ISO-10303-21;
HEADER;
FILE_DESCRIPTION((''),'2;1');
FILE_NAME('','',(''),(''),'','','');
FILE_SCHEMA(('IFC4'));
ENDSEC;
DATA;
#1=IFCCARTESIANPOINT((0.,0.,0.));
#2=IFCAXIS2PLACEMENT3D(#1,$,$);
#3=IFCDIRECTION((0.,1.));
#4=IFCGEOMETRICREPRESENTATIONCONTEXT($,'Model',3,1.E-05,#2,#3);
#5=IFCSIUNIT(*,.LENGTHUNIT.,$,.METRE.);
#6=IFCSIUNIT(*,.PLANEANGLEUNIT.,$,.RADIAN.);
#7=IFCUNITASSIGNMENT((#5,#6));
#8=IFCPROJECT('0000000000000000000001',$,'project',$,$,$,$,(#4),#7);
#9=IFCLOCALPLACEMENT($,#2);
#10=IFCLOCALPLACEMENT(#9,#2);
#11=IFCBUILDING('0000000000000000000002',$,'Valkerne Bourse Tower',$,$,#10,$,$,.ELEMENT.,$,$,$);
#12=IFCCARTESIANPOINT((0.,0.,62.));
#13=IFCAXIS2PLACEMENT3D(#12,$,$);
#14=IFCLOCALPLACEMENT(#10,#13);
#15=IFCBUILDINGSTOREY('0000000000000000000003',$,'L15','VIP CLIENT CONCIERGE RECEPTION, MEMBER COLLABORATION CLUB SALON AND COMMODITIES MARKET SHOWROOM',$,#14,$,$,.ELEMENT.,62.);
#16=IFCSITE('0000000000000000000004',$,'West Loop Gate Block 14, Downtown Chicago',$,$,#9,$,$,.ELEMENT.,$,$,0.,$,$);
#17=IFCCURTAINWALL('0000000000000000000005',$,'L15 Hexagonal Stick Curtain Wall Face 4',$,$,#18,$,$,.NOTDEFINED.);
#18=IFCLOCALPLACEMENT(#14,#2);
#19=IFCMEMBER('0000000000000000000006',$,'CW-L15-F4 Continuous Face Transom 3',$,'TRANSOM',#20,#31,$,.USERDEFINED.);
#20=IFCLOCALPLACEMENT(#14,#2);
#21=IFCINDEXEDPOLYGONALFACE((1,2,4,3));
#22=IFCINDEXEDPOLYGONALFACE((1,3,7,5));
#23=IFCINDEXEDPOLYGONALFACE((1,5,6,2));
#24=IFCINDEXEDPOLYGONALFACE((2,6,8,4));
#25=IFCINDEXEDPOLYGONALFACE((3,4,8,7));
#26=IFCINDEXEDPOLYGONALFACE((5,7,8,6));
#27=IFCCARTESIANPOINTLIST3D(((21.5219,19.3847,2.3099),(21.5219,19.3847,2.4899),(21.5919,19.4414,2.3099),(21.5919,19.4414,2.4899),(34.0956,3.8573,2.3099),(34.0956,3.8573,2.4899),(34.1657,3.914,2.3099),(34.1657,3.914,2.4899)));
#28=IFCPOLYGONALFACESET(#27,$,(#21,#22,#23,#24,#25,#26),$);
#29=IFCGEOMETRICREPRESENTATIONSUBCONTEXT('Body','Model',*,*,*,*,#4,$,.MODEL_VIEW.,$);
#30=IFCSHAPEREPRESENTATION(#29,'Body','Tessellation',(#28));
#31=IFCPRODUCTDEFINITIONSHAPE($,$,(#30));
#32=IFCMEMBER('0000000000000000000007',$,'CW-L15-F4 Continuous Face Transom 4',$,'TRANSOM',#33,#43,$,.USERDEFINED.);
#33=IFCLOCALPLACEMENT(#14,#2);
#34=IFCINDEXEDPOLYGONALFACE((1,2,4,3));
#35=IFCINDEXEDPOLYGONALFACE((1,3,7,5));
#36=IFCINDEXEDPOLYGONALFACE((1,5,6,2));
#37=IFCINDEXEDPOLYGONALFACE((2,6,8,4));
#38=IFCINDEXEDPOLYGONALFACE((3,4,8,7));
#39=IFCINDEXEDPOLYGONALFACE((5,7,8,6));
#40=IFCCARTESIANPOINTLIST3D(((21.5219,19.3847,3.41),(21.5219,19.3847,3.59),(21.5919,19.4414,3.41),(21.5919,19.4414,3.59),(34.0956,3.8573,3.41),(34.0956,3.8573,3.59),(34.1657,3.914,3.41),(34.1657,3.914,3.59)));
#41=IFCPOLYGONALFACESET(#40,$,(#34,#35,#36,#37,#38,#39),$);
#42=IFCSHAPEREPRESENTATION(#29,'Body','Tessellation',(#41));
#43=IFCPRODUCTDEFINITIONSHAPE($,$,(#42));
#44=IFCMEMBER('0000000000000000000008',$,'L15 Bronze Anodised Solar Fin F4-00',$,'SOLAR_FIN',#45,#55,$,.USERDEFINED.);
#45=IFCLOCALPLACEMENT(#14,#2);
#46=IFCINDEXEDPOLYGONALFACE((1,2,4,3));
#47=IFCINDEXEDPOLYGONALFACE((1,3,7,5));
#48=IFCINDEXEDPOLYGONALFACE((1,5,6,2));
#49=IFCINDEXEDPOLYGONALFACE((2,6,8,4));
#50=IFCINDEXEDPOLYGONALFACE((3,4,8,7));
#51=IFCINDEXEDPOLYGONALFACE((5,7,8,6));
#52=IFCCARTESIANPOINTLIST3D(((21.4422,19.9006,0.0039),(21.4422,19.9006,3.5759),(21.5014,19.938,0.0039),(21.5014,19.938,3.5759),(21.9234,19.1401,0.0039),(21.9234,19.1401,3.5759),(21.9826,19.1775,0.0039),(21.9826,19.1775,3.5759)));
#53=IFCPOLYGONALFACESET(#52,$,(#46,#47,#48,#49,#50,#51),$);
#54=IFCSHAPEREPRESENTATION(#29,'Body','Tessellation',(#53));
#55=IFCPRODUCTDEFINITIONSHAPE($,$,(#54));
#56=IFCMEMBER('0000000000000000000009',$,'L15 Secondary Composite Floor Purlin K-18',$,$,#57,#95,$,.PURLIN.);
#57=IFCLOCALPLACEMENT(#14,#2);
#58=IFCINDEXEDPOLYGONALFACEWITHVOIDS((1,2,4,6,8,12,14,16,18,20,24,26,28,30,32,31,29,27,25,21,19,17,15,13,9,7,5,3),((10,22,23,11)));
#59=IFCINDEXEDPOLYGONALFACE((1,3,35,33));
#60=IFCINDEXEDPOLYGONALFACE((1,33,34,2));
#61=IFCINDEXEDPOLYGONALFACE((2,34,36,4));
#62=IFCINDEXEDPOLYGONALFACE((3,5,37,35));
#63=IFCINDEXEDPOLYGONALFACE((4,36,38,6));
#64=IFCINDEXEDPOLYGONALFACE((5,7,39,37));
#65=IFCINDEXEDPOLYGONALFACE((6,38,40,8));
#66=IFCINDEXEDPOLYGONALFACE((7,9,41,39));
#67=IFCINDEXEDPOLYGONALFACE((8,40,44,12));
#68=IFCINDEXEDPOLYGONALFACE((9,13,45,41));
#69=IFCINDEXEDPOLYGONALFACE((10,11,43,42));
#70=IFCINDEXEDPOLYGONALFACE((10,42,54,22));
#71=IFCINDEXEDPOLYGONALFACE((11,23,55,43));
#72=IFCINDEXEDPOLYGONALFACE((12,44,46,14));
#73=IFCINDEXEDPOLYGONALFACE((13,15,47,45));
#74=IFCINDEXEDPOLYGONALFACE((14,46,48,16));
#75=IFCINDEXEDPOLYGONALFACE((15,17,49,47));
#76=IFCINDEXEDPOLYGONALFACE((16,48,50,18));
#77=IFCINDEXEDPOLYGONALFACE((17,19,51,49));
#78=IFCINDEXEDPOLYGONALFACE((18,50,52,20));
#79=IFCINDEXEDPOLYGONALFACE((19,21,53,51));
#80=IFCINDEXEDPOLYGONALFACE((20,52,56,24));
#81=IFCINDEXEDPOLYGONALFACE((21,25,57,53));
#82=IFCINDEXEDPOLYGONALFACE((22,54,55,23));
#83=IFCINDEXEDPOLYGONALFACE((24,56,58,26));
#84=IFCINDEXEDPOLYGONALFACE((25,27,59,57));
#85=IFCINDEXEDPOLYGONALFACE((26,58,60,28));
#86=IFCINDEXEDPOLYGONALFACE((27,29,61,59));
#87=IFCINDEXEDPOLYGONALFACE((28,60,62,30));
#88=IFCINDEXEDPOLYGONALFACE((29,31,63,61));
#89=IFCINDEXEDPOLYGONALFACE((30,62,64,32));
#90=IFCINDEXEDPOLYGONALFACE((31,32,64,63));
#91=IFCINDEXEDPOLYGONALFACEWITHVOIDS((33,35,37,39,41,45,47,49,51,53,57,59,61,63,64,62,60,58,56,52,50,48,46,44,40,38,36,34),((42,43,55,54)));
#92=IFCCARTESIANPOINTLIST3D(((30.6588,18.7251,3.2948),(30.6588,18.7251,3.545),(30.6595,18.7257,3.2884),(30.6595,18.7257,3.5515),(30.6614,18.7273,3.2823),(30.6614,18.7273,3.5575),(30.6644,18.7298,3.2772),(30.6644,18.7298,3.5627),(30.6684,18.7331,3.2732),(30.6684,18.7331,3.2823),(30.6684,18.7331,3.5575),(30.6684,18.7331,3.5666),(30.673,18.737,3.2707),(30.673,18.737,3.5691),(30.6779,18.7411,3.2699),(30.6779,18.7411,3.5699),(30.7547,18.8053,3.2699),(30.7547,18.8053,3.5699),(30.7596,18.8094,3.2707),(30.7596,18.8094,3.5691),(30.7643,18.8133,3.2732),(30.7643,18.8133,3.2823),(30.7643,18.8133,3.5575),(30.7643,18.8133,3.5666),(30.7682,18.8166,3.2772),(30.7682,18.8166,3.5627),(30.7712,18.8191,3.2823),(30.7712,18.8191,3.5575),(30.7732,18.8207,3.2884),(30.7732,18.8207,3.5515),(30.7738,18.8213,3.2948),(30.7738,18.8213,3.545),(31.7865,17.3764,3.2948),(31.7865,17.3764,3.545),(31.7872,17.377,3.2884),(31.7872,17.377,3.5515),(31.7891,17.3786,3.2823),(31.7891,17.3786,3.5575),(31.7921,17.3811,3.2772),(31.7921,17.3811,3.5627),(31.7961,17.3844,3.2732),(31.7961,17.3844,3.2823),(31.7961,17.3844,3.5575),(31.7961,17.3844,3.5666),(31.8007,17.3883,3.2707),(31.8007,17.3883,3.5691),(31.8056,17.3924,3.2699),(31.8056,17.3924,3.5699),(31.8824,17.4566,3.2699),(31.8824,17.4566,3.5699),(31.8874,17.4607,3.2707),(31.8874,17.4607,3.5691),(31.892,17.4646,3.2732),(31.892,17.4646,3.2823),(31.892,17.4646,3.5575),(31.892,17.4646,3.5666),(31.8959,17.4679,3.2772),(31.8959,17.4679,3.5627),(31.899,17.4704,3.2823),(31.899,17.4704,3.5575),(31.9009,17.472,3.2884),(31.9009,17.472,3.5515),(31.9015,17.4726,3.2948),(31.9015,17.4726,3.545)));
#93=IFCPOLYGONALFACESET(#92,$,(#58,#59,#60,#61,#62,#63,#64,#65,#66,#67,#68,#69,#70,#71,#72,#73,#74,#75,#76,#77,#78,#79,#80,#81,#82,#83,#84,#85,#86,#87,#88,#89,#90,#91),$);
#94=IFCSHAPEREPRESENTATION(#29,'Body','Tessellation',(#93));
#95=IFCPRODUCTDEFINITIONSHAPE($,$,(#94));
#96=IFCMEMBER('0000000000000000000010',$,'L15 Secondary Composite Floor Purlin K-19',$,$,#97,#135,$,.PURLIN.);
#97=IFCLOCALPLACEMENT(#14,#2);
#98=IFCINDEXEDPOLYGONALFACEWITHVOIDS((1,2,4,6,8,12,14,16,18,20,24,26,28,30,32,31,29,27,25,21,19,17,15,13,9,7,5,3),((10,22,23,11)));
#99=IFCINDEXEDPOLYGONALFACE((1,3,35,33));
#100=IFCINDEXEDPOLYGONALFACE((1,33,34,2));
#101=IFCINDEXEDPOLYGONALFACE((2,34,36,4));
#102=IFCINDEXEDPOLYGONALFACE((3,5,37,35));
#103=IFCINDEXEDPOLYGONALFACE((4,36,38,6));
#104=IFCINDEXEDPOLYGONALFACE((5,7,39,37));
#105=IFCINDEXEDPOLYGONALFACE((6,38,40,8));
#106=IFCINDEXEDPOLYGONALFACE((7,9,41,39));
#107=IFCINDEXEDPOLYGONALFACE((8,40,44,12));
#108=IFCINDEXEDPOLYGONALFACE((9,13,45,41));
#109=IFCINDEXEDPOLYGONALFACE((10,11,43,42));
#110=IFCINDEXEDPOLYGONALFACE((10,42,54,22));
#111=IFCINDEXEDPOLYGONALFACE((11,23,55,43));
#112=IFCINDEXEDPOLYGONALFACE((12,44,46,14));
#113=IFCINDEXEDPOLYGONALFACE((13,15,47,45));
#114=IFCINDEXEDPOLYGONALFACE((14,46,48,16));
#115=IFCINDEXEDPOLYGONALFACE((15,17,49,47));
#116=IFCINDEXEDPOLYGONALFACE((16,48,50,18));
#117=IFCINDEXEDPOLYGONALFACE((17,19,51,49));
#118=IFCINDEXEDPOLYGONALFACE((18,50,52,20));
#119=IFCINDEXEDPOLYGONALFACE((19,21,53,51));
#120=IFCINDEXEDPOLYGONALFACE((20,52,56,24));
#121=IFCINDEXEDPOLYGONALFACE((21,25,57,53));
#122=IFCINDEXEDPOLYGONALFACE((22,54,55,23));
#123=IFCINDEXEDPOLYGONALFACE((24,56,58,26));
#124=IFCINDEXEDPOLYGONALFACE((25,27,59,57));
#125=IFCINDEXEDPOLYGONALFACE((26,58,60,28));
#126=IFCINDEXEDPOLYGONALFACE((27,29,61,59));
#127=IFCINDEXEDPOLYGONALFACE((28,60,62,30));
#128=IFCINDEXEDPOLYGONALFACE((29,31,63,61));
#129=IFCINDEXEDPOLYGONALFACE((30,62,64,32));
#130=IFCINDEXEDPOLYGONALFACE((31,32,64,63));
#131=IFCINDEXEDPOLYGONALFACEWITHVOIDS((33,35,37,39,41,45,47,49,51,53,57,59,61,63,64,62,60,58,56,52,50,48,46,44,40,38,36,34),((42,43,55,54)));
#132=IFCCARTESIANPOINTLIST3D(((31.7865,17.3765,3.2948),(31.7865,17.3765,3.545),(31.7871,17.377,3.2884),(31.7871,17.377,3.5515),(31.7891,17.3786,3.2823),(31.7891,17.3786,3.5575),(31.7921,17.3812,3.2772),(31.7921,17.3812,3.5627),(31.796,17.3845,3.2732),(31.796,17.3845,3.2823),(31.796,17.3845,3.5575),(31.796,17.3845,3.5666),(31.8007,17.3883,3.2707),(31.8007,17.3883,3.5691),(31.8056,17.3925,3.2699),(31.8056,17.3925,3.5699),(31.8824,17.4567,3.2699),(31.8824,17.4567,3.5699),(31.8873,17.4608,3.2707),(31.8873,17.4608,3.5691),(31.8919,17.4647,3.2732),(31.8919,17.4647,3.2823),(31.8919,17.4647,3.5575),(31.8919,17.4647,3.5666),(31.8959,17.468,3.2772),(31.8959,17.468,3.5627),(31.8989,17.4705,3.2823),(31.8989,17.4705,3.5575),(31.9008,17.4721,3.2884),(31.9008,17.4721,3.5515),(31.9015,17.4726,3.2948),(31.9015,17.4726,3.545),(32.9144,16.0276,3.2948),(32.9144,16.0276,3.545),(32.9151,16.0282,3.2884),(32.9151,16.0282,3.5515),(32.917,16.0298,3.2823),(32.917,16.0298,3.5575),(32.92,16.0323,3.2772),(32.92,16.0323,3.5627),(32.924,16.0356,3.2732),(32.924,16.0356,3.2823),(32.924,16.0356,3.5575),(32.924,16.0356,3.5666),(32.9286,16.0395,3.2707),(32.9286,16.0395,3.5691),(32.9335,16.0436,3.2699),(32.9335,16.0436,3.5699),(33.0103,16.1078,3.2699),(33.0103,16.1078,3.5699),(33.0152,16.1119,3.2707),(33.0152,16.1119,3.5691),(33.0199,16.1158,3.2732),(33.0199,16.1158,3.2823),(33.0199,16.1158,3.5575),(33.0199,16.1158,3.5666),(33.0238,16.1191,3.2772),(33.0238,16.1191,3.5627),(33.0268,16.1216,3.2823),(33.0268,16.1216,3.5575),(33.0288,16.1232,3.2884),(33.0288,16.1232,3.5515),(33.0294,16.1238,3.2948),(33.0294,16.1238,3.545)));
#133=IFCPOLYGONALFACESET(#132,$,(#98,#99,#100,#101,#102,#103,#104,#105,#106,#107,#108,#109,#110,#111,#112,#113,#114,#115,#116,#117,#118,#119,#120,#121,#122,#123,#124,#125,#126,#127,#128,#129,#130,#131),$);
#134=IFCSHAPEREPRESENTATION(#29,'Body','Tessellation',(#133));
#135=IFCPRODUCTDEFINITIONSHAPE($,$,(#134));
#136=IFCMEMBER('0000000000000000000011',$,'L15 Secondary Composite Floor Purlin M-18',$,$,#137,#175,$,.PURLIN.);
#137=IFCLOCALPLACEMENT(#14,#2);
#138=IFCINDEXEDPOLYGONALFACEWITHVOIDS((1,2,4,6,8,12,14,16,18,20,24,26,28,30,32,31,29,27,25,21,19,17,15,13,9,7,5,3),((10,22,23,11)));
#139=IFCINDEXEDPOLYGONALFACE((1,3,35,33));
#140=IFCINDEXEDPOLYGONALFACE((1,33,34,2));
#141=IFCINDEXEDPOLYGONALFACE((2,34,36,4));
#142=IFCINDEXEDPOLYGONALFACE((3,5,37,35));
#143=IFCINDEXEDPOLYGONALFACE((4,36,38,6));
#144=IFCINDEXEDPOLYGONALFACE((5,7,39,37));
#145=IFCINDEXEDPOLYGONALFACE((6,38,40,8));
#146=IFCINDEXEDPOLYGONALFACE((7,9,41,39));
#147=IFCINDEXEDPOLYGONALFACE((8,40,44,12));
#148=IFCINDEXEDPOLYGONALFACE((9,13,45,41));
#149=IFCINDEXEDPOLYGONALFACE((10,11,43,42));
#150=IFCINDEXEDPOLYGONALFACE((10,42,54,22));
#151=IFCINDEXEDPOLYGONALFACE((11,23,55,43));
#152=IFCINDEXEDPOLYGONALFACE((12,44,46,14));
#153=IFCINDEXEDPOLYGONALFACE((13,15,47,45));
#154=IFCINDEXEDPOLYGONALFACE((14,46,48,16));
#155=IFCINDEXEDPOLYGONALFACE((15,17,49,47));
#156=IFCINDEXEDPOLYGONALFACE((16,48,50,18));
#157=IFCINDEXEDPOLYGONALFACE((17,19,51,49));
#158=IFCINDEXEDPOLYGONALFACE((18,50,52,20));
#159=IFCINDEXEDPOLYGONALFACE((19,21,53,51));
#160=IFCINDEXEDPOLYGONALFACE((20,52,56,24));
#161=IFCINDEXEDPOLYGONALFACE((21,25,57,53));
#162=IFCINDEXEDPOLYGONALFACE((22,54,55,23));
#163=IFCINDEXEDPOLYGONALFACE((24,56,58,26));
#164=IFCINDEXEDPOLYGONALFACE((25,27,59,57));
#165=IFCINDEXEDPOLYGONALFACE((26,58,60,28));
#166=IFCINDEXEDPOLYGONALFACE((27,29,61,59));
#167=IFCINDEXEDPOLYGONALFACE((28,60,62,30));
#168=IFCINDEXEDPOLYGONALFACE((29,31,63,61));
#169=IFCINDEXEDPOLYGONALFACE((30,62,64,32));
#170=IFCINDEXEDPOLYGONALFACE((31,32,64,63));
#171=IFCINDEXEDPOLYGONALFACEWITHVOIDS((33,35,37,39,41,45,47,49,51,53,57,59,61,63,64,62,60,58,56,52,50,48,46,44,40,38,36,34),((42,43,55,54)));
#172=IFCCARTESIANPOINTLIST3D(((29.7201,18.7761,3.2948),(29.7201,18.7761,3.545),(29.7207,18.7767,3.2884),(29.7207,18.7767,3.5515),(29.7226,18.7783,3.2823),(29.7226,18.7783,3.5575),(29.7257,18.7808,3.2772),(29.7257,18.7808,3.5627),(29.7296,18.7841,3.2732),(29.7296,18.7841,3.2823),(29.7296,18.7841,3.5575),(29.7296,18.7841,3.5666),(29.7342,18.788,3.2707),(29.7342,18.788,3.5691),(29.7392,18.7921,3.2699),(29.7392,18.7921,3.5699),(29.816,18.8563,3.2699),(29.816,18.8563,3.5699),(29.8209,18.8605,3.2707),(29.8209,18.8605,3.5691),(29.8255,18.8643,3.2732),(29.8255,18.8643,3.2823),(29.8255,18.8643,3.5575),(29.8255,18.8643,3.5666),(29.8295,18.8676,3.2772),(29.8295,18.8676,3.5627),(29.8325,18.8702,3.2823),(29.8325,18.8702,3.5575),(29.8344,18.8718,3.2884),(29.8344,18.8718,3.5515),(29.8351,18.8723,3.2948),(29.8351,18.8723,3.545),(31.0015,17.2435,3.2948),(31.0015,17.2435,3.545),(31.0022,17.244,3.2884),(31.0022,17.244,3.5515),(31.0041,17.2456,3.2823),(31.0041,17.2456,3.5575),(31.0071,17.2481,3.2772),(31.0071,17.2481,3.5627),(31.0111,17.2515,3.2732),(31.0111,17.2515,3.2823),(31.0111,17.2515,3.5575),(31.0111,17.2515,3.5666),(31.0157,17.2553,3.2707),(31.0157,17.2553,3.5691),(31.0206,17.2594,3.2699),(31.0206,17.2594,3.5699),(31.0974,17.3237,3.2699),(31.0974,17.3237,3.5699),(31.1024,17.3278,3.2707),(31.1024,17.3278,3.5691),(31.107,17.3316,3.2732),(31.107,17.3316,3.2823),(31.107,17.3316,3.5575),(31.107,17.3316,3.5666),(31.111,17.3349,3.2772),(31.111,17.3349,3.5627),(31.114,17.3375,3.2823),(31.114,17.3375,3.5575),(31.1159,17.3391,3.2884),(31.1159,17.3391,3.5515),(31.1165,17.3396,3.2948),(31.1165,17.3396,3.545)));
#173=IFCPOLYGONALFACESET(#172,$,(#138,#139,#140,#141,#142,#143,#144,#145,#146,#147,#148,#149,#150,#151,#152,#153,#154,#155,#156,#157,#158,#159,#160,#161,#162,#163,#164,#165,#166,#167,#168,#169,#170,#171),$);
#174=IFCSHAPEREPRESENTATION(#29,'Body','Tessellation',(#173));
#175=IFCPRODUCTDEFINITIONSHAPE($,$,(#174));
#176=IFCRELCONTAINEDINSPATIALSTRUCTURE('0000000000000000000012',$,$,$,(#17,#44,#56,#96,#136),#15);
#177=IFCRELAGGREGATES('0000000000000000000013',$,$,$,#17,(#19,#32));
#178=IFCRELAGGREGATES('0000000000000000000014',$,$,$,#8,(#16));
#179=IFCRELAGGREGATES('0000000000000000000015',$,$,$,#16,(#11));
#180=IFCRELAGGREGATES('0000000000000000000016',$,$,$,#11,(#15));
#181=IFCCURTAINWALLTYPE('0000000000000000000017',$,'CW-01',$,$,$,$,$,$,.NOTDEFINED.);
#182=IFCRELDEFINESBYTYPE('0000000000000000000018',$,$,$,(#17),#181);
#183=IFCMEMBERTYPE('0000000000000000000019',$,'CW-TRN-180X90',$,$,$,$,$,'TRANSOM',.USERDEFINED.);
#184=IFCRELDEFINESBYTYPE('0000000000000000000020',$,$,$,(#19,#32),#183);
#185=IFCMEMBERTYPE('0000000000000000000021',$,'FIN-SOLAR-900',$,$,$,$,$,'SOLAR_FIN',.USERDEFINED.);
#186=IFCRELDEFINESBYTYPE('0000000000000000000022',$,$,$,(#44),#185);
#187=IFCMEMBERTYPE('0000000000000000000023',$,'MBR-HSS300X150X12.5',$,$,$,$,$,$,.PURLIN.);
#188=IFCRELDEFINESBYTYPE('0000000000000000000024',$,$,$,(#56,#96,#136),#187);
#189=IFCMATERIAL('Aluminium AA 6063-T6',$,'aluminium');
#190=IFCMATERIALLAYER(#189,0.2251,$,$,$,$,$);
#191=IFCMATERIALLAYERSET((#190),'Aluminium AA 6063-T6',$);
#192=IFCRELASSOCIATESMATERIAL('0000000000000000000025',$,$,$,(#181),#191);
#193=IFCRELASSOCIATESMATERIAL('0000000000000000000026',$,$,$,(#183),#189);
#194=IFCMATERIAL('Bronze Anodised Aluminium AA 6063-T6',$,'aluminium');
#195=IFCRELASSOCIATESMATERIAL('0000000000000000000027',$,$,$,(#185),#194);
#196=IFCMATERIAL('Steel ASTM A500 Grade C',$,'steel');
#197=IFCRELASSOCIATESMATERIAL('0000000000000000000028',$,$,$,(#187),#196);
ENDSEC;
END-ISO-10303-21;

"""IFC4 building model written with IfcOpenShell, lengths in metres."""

from ifc_helpers import new_model, si_unit, direction, frame, origin, origin_2d, place, context, subcontext, project, spatial, rectangle, hollow_rectangle, extrude, material, layer, layer_set, material_profile, profile_set, type_object, element, aggregate, save


model = new_model("IFC4")

# Units and contexts
model_context = context("Model", 3, precision=1e-05, world=origin(), true_north=direction((0.0, 1.0)))
body_context = subcontext(model_context, "Body", "Model", "MODEL_VIEW")
ifc_project = project(units=[si_unit("LENGTHUNIT", "METRE"), si_unit("PLANEANGLEUNIT", "RADIAN")], contexts=[model_context])

# Site, building, storey
site_placement = place(None, origin())
site = spatial("IfcSite", under=ifc_project, at=site_placement, Name="West Loop Gate Block 14, Downtown Chicago", CompositionType="ELEMENT", RefElevation=0.0)
building_placement = place(site_placement, origin())
building = spatial("IfcBuilding", under=site, at=building_placement, Name="Valkerne Bourse Tower", CompositionType="ELEMENT")
storey_placement = place(building_placement, frame((0.0, 0.0, 62.0)))
storey = spatial("IfcBuildingStorey", under=building, at=storey_placement, Name="L15", Description="VIP CLIENT CONCIERGE RECEPTION, MEMBER COLLABORATION CLUB SALON AND COMMODITIES MARKET SHOWROOM", CompositionType="ELEMENT", Elevation=62.0)

# Curtain wall, members
ifc_material_1 = material(Name="Aluminium AA 6063-T6", Category="aluminium")
ifc_layer_1 = layer(ifc_material_1, 0.2251)
ifc_layer_set_1 = layer_set([ifc_layer_1], Name="Aluminium AA 6063-T6")
curtain_wall_type = type_object("IfcCurtainWallType", Name="CW-01", PredefinedType="NOTDEFINED", material=ifc_layer_set_1)
curtain_wall_placement = place(storey_placement, origin())
curtain_wall = element("IfcCurtainWall", 1, at=curtain_wall_placement, inside=storey, type_object=curtain_wall_type, Name="L15 Hexagonal Stick Curtain Wall Face 4", PredefinedType="NOTDEFINED")
ifc_material_profile_1 = material_profile(ifc_material_1, rectangle(XDim=0.0901, YDim=0.1799, at=origin_2d()), Name="CWT-90X180")
ifc_profile_set_1 = profile_set([ifc_material_profile_1], Name="Aluminium AA 6063-T6")
member_type_1 = type_object("IfcMemberType", Name="CW-TRN-180X90", ElementType="TRANSOM", PredefinedType="USERDEFINED", material=ifc_profile_set_1)
member_1_placement = place(storey_placement, frame((21.5569, 19.4131, 2.3999), z_axis=(0.629318, -0.777148, 0.0), x_axis=(0.777148, 0.629318, 0.0)))
member_1 = element("IfcMember", 2, at=member_1_placement, type_object=member_type_1, Name="CW-L15-F4 Continuous Face Transom 3", ObjectType="TRANSOM", PredefinedType="USERDEFINED", context=body_context, shape_type="SweptSolid", body=[
    extrude(rectangle(XDim=0.0901, YDim=0.1799, at=origin_2d()), origin(), (0.0, 0.0, 1.0), 19.98),
])
member_2_placement = place(storey_placement, frame((21.5569, 19.4131, 3.5), z_axis=(0.629318, -0.777148, 0.0), x_axis=(0.777148, 0.629318, 0.0)))
member_2 = element("IfcMember", 3, at=member_2_placement, type_object=member_type_1, Name="CW-L15-F4 Continuous Face Transom 4", ObjectType="TRANSOM", PredefinedType="USERDEFINED", context=body_context, shape_type="SweptSolid", body=[
    extrude(rectangle(XDim=0.0901, YDim=0.1799, at=origin_2d()), origin(), (0.0, 0.0, 1.0), 19.98),
])

# Members
ifc_material_2 = material(Name="Bronze Anodised Aluminium AA 6063-T6", Category="aluminium")
ifc_material_profile_2 = material_profile(ifc_material_2, rectangle(XDim=0.0701, YDim=0.8999, at=origin_2d()), Name="FIN-70X900")
ifc_profile_set_2 = profile_set([ifc_material_profile_2], Name="Bronze Anodised Aluminium AA 6063-T6")
member_type_2 = type_object("IfcMemberType", Name="FIN-SOLAR-900", ElementType="SOLAR_FIN", PredefinedType="USERDEFINED", material=ifc_profile_set_2)
member_3_placement = place(storey_placement, frame((21.7124, 19.5391, 0.0039), z_axis=(0.0, 0.0, 1.0), x_axis=(-0.845078, -0.534643, 0.0)))
element("IfcMember", 4, at=member_3_placement, inside=storey, type_object=member_type_2, Name="L15 Bronze Anodised Solar Fin F4-00", ObjectType="SOLAR_FIN", PredefinedType="USERDEFINED", context=body_context, shape_type="SweptSolid", body=[
    extrude(rectangle(XDim=0.0701, YDim=0.8999, at=origin_2d()), origin(), (0.0, 0.0, 1.0), 3.572),
])
ifc_material_3 = material(Name="Steel ASTM A500 Grade C", Category="steel")
ifc_material_profile_3 = material_profile(ifc_material_3, hollow_rectangle(XDim=0.1499, YDim=0.3, WallThickness=0.0125, OuterFilletRadius=0.0249, at=origin_2d()), Name="HSS300X150X12.5")
ifc_profile_set_3 = profile_set([ifc_material_profile_3], Name="Steel ASTM A500 Grade C")
member_type_3 = type_object("IfcMemberType", Name="MBR-HSS300X150X12.5", PredefinedType="PURLIN", material=ifc_profile_set_3)
member_4_placement = place(storey_placement, frame((30.7163, 18.7732, 3.4199), z_axis=(0.641468, -0.76715, 0.0), x_axis=(0.76715, 0.641468, 0.0)))
element("IfcMember", 5, at=member_4_placement, inside=storey, type_object=member_type_3, Name="L15 Secondary Composite Floor Purlin K-18", PredefinedType="PURLIN", context=body_context, shape_type="SweptSolid", body=[
    extrude(hollow_rectangle(XDim=0.1499, YDim=0.3, WallThickness=0.0125, OuterFilletRadius=0.0249, at=origin_2d()), origin(), (0.0, 0.0, 1.0), 1.7581),
])
member_5_placement = place(storey_placement, frame((31.844, 17.4246, 3.4199), z_axis=(0.641481, -0.767139, 0.0), x_axis=(0.767139, 0.641481, 0.0)))
element("IfcMember", 6, at=member_5_placement, inside=storey, type_object=member_type_3, Name="L15 Secondary Composite Floor Purlin K-19", PredefinedType="PURLIN", context=body_context, shape_type="SweptSolid", body=[
    extrude(hollow_rectangle(XDim=0.1499, YDim=0.3, WallThickness=0.0125, OuterFilletRadius=0.0249, at=origin_2d()), origin(), (0.0, 0.0, 1.0), 1.7583),
])
member_6_placement = place(storey_placement, frame((29.7776, 18.8242, 3.4199), z_axis=(0.641434, -0.767179, 0.0), x_axis=(0.767179, 0.641434, 0.0)))
element("IfcMember", 7, at=member_6_placement, inside=storey, type_object=member_type_3, Name="L15 Secondary Composite Floor Purlin M-18", PredefinedType="PURLIN", context=body_context, shape_type="SweptSolid", body=[
    extrude(hollow_rectangle(XDim=0.1499, YDim=0.3, WallThickness=0.0125, OuterFilletRadius=0.0249, at=origin_2d()), origin(), (0.0, 0.0, 1.0), 1.9978),
])

aggregate(curtain_wall, [member_1, member_2])

save(model, "model.ifc")
